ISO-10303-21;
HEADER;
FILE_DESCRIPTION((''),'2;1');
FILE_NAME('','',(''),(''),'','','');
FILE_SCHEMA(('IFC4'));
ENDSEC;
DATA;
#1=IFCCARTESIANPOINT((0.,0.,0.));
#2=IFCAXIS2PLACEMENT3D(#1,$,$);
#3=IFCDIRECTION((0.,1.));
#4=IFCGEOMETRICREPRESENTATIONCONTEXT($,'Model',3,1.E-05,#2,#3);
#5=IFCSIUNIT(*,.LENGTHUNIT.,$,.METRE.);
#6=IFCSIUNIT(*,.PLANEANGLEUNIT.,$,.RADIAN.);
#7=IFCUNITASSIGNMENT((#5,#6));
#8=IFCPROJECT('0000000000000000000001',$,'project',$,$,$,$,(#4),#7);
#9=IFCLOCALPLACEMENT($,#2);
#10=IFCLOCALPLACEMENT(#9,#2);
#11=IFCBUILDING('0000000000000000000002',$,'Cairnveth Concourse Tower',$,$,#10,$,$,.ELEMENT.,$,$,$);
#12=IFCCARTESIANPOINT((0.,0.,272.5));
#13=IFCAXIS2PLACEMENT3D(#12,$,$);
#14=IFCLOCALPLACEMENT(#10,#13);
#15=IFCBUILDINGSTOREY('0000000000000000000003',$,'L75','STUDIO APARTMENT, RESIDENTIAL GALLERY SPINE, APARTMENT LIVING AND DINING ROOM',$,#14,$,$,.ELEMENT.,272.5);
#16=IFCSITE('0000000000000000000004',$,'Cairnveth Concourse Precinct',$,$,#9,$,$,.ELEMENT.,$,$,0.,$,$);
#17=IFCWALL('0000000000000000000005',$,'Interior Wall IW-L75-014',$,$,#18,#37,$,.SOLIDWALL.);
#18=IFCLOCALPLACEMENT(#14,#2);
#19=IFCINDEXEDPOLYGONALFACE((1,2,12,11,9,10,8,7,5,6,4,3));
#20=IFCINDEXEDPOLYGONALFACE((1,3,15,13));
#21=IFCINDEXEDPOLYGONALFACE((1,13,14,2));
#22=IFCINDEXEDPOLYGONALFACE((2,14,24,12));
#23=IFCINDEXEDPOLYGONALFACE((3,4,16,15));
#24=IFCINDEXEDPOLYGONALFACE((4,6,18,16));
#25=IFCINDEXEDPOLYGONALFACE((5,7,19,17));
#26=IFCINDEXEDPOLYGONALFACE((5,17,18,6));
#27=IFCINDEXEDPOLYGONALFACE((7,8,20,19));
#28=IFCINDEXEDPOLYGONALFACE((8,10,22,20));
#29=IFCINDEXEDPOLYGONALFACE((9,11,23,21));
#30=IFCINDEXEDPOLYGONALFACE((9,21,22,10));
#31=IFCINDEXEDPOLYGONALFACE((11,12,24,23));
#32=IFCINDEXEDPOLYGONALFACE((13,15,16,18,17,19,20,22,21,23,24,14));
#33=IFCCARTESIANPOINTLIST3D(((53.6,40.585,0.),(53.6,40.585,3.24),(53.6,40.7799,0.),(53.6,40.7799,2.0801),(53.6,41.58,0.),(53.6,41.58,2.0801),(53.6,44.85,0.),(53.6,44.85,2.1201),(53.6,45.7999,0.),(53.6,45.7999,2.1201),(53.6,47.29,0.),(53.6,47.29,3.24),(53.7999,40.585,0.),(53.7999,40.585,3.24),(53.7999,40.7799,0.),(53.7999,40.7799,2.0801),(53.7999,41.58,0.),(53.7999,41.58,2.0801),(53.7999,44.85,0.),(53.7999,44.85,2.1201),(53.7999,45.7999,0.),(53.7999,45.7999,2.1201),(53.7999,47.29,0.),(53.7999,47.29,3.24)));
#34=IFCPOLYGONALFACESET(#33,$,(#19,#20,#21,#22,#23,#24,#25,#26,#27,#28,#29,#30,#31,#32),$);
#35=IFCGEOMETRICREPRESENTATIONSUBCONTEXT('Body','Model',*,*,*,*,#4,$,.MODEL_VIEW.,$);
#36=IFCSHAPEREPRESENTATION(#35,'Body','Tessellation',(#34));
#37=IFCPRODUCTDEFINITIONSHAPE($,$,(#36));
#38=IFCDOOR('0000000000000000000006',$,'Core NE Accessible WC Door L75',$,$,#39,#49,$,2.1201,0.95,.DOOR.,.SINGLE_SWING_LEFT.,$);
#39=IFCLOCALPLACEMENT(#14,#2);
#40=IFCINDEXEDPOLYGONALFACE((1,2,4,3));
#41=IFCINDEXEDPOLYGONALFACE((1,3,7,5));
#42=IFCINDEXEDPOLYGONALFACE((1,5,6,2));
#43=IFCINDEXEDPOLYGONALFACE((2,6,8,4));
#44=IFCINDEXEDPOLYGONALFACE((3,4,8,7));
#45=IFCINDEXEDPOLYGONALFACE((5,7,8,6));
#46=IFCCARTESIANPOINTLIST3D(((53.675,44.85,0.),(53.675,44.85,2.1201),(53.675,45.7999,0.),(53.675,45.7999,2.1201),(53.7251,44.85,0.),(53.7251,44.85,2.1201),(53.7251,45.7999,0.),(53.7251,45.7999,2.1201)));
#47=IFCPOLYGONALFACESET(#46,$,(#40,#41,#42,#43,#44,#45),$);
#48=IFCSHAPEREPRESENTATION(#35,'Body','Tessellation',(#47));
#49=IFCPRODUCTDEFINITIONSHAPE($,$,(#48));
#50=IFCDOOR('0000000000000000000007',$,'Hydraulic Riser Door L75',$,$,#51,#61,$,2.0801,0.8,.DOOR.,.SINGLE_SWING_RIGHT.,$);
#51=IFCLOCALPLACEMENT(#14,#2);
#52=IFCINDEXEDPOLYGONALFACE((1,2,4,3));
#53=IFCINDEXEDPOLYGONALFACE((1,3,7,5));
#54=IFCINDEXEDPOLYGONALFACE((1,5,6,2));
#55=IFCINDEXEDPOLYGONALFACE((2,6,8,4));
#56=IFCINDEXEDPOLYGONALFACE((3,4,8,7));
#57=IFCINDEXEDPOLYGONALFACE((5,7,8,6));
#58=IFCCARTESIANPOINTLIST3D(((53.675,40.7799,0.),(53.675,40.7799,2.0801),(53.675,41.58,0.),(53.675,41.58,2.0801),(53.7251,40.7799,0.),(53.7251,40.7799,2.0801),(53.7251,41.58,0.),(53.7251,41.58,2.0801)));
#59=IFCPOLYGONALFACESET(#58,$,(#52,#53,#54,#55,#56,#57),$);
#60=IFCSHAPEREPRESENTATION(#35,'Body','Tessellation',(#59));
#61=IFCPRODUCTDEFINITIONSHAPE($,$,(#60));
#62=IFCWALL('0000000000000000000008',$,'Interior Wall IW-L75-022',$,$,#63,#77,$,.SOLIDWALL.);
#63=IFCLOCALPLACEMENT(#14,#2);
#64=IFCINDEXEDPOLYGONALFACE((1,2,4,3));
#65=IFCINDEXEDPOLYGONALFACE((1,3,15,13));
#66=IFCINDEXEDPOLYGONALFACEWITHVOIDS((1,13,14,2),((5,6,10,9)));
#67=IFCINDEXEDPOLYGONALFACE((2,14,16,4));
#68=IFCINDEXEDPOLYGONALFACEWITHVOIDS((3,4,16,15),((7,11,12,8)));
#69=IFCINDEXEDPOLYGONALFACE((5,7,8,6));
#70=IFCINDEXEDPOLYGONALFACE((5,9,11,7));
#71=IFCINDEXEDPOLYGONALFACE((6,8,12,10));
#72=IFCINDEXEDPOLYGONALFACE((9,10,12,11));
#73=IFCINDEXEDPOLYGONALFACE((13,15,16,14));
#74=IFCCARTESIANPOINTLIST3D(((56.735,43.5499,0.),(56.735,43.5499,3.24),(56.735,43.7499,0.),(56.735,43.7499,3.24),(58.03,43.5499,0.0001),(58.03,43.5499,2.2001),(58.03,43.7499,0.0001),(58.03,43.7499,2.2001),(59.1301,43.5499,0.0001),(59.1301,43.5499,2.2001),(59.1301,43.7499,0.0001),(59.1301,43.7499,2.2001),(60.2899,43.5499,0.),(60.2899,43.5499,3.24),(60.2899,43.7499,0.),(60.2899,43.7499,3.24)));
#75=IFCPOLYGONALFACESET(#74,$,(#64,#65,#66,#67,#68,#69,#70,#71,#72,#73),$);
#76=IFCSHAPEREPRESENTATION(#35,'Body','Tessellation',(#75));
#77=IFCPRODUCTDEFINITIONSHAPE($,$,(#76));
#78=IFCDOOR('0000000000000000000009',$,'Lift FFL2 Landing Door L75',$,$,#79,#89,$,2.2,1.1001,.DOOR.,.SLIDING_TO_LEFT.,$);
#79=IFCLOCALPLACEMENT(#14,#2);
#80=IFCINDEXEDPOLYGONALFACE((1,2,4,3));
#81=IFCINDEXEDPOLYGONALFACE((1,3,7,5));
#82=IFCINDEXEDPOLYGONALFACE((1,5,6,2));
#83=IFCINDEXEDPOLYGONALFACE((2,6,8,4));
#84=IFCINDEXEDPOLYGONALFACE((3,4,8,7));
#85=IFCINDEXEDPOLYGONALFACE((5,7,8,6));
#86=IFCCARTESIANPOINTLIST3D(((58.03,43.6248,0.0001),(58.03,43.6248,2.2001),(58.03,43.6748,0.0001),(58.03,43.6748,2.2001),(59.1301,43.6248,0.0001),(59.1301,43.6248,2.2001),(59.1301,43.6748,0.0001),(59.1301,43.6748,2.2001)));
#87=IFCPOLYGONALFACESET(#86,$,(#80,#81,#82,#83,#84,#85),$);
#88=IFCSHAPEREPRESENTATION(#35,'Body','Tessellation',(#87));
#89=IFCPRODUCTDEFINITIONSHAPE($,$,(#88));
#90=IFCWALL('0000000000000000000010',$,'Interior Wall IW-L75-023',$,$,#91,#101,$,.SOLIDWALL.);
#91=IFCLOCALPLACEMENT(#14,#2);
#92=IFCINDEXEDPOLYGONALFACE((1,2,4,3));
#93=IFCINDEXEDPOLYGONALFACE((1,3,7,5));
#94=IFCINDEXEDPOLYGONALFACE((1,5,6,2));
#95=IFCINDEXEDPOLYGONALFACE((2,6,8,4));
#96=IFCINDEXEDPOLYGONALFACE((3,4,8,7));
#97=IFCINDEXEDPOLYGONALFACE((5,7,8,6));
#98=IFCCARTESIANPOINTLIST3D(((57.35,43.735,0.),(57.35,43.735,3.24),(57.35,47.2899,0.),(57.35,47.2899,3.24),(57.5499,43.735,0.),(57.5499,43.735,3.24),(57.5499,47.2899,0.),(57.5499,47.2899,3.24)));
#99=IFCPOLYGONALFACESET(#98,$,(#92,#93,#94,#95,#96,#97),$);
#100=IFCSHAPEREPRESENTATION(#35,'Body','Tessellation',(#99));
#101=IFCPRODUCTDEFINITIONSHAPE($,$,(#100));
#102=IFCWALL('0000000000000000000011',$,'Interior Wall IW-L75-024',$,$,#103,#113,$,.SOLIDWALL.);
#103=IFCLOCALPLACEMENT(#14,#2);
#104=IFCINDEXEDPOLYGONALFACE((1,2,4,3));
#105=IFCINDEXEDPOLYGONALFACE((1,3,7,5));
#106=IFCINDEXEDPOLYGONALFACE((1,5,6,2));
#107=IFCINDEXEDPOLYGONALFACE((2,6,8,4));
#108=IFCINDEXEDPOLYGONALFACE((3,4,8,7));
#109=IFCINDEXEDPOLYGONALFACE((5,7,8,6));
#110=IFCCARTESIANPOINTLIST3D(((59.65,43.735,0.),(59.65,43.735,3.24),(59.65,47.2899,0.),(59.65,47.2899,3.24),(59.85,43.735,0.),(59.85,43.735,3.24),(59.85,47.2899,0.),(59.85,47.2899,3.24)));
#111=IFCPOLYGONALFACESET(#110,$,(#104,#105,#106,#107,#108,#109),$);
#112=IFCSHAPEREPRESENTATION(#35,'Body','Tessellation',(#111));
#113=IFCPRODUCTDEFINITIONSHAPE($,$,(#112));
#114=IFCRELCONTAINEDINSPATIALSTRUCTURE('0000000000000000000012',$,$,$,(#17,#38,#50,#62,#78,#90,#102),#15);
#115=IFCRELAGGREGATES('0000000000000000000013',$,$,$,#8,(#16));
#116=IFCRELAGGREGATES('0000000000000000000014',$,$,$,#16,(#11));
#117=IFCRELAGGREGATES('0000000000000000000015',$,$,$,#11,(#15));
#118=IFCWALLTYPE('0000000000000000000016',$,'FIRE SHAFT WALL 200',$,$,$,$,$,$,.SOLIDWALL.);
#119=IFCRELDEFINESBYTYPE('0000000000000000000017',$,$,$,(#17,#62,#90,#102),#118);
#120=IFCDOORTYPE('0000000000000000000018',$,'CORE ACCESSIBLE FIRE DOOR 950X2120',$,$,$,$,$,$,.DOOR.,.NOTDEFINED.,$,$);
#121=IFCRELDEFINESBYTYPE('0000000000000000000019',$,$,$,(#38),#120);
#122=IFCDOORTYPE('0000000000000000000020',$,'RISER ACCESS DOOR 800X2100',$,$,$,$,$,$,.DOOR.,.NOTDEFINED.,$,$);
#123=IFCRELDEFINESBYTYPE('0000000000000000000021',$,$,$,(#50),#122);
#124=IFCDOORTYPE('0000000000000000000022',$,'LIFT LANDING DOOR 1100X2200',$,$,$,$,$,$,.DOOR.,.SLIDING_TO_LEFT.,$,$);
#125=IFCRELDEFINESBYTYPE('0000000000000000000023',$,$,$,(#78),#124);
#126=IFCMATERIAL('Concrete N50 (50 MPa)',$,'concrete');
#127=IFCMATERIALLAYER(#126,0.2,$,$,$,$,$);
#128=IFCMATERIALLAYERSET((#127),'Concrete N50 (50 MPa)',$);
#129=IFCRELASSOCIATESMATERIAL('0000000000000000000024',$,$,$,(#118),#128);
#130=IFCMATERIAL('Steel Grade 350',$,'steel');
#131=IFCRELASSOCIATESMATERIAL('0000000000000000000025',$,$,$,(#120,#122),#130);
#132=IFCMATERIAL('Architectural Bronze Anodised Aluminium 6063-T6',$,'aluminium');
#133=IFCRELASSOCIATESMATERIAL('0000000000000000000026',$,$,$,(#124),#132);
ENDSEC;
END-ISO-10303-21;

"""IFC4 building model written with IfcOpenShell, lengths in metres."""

from ifc_helpers import new_model, si_unit, direction, frame, frame_2d, origin, place, context, subcontext, project, spatial, rectangle, extrude, material, layer, layer_set, type_object, element, fill, save


model = new_model("IFC4")

# Units and contexts
model_context = context("Model", 3, precision=1e-05, world=origin(), true_north=direction((0.0, 1.0)))
body_context = subcontext(model_context, "Body", "Model", "MODEL_VIEW")
ifc_project = project(units=[si_unit("LENGTHUNIT", "METRE"), si_unit("PLANEANGLEUNIT", "RADIAN")], contexts=[model_context])

# Site, building, storey
site_placement = place(None, origin())
site = spatial("IfcSite", under=ifc_project, at=site_placement, Name="Cairnveth Concourse Precinct", CompositionType="ELEMENT", RefElevation=0.0)
building_placement = place(site_placement, origin())
building = spatial("IfcBuilding", under=site, at=building_placement, Name="Cairnveth Concourse Tower", CompositionType="ELEMENT")
storey_placement = place(building_placement, frame((0.0, 0.0, 272.5)))
storey = spatial("IfcBuildingStorey", under=building, at=storey_placement, Name="L75", Description="STUDIO APARTMENT, RESIDENTIAL GALLERY SPINE, APARTMENT LIVING AND DINING ROOM", CompositionType="ELEMENT", Elevation=272.5)

# Shared definitions
ifc_material_1 = material(Name="Steel Grade 350", Category="steel")

# Shared definitions
ifc_material_2 = material(Name="Concrete N50 (50 MPa)", Category="concrete")
ifc_layer_1 = layer(ifc_material_2, 0.2)
ifc_layer_set_1 = layer_set([ifc_layer_1], Name="Concrete N50 (50 MPa)")
wall_type_1 = type_object("IfcWallType", Name="FIRE SHAFT WALL 200", PredefinedType="SOLIDWALL", material=ifc_layer_set_1)

# Wall, openings, doors
wall_1_placement = place(storey_placement, frame((53.7, 40.585, 0.0), z_axis=(0.0, 0.0, 1.0), x_axis=(0.0, 1.0, 0.0)))
wall_1 = element("IfcWall", 1, at=wall_1_placement, inside=storey, type_object=wall_type_1, Name="Interior Wall IW-L75-014", PredefinedType="SOLIDWALL", context=body_context, shape_type="SweptSolid", body=[
    extrude(rectangle(XDim=6.7051, YDim=0.2, at=frame_2d((3.3525, 0.0))), origin(), (0.0, 0.0, 1.0), 3.24),
])
opening_1_placement = place(wall_1_placement, frame((0.1951, 0.0, 0.0)))
opening_1 = element("IfcOpeningElement", 2, at=opening_1_placement, cuts=wall_1, PredefinedType="OPENING", context=body_context, shape_type="SweptSolid", body=[
    extrude(rectangle(XDim=0.8, YDim=2.0801, at=frame_2d((0.3999, 1.04))), frame((0.0, 0.1099, 0.0), z_axis=(0.0, -1.0, 0.0), x_axis=(1.0, 0.0, 0.0)), (0.0, 0.0, 1.0), 0.22),
])
opening_2_placement = place(wall_1_placement, frame((4.2649, 0.0, 0.0)))
opening_2 = element("IfcOpeningElement", 3, at=opening_2_placement, cuts=wall_1, PredefinedType="OPENING", context=body_context, shape_type="SweptSolid", body=[
    extrude(rectangle(XDim=0.95, YDim=2.1201, at=frame_2d((0.4751, 1.0601))), frame((0.0, 0.1099, 0.0), z_axis=(0.0, -1.0, 0.0), x_axis=(1.0, 0.0, 0.0)), (0.0, 0.0, 1.0), 0.22),
])
door_type_1 = type_object("IfcDoorType", Name="CORE ACCESSIBLE FIRE DOOR 950X2120", OperationType="NOTDEFINED", PredefinedType="DOOR", material=ifc_material_1)
door_1_placement = place(opening_2_placement, origin())
door_1 = element("IfcDoor", 4, at=door_1_placement, inside=storey, type_object=door_type_1, Name="Core NE Accessible WC Door L75", OperationType="SINGLE_SWING_LEFT", OverallHeight=2.1201, OverallWidth=0.95, PredefinedType="DOOR", context=body_context, shape_type="SweptSolid", body=[
    extrude(rectangle(XDim=0.95, YDim=2.1201, at=frame_2d((0.4751, 1.0601))), frame((0.0, 0.0249, 0.0), z_axis=(0.0, -1.0, 0.0), x_axis=(1.0, 0.0, 0.0)), (0.0, 0.0, 1.0), 0.05),
])
fill(opening_2, door_1)
door_type_2 = type_object("IfcDoorType", Name="RISER ACCESS DOOR 800X2100", OperationType="NOTDEFINED", PredefinedType="DOOR", material=ifc_material_1)
door_2_placement = place(opening_1_placement, origin())
door_2 = element("IfcDoor", 5, at=door_2_placement, inside=storey, type_object=door_type_2, Name="Hydraulic Riser Door L75", OperationType="SINGLE_SWING_RIGHT", OverallHeight=2.0801, OverallWidth=0.8, PredefinedType="DOOR", context=body_context, shape_type="SweptSolid", body=[
    extrude(rectangle(XDim=0.8, YDim=2.0801, at=frame_2d((0.3999, 1.04))), frame((0.0, 0.0249, 0.0), z_axis=(0.0, -1.0, 0.0), x_axis=(1.0, 0.0, 0.0)), (0.0, 0.0, 1.0), 0.05),
])
fill(opening_1, door_2)

# Wall, opening, door
wall_2_placement = place(storey_placement, frame((56.7351, 43.6499, 0.0), z_axis=(0.0, 0.0, 1.0), x_axis=(1.0, 0.0, 0.0)))
wall_2 = element("IfcWall", 6, at=wall_2_placement, inside=storey, type_object=wall_type_1, Name="Interior Wall IW-L75-022", PredefinedType="SOLIDWALL", context=body_context, shape_type="SweptSolid", body=[
    extrude(rectangle(XDim=3.5549, YDim=0.2, at=frame_2d((1.7773, 0.0))), origin(), (0.0, 0.0, 1.0), 3.24),
])
opening_3_placement = place(wall_2_placement, frame((1.2949, 0.0, 0.0)))
opening_3 = element("IfcOpeningElement", 7, at=opening_3_placement, cuts=wall_2, PredefinedType="OPENING", context=body_context, shape_type="SweptSolid", body=[
    extrude(rectangle(XDim=1.1001, YDim=2.2, at=frame_2d((0.55, 1.1001))), frame((0.0, 0.1099, 0.0), z_axis=(0.0, -1.0, 0.0), x_axis=(1.0, 0.0, 0.0)), (0.0, 0.0, 1.0), 0.22),
])
ifc_material_3 = material(Name="Architectural Bronze Anodised Aluminium 6063-T6", Category="aluminium")
door_type_3 = type_object("IfcDoorType", Name="LIFT LANDING DOOR 1100X2200", OperationType="SLIDING_TO_LEFT", PredefinedType="DOOR", material=ifc_material_3)
door_3_placement = place(opening_3_placement, origin())
door_3 = element("IfcDoor", 8, at=door_3_placement, inside=storey, type_object=door_type_3, Name="Lift FFL2 Landing Door L75", OperationType="SLIDING_TO_LEFT", OverallHeight=2.2, OverallWidth=1.1001, PredefinedType="DOOR", context=body_context, shape_type="SweptSolid", body=[
    extrude(rectangle(XDim=1.1001, YDim=2.2, at=frame_2d((0.55, 1.1001))), frame((0.0, 0.0249, 0.0), z_axis=(0.0, -1.0, 0.0), x_axis=(1.0, 0.0, 0.0)), (0.0, 0.0, 1.0), 0.05),
])
fill(opening_3, door_3)

# Walls
for number, where, z_axis, x_axis, name in (
    (9, (57.45, 43.7351, 0.0), (0.0, 0.0, 1.0), (0.0, 1.0, 0.0), "Interior Wall IW-L75-023"),
    (10, (59.75, 43.7351, 0.0), (0.0, 0.0, 1.0), (0.0, 1.0, 0.0), "Interior Wall IW-L75-024"),
):
    element("IfcWall", number, at=place(storey_placement, frame(where, z_axis=z_axis, x_axis=x_axis)), inside=storey, type_object=wall_type_1, Name=name, PredefinedType="SOLIDWALL", context=body_context, shape_type="SweptSolid", body=[
        extrude(rectangle(XDim=3.5549, YDim=0.2, at=frame_2d((1.7773, 0.0))), origin(), (0.0, 0.0, 1.0), 3.24),
    ])

save(model, "model.ifc")
